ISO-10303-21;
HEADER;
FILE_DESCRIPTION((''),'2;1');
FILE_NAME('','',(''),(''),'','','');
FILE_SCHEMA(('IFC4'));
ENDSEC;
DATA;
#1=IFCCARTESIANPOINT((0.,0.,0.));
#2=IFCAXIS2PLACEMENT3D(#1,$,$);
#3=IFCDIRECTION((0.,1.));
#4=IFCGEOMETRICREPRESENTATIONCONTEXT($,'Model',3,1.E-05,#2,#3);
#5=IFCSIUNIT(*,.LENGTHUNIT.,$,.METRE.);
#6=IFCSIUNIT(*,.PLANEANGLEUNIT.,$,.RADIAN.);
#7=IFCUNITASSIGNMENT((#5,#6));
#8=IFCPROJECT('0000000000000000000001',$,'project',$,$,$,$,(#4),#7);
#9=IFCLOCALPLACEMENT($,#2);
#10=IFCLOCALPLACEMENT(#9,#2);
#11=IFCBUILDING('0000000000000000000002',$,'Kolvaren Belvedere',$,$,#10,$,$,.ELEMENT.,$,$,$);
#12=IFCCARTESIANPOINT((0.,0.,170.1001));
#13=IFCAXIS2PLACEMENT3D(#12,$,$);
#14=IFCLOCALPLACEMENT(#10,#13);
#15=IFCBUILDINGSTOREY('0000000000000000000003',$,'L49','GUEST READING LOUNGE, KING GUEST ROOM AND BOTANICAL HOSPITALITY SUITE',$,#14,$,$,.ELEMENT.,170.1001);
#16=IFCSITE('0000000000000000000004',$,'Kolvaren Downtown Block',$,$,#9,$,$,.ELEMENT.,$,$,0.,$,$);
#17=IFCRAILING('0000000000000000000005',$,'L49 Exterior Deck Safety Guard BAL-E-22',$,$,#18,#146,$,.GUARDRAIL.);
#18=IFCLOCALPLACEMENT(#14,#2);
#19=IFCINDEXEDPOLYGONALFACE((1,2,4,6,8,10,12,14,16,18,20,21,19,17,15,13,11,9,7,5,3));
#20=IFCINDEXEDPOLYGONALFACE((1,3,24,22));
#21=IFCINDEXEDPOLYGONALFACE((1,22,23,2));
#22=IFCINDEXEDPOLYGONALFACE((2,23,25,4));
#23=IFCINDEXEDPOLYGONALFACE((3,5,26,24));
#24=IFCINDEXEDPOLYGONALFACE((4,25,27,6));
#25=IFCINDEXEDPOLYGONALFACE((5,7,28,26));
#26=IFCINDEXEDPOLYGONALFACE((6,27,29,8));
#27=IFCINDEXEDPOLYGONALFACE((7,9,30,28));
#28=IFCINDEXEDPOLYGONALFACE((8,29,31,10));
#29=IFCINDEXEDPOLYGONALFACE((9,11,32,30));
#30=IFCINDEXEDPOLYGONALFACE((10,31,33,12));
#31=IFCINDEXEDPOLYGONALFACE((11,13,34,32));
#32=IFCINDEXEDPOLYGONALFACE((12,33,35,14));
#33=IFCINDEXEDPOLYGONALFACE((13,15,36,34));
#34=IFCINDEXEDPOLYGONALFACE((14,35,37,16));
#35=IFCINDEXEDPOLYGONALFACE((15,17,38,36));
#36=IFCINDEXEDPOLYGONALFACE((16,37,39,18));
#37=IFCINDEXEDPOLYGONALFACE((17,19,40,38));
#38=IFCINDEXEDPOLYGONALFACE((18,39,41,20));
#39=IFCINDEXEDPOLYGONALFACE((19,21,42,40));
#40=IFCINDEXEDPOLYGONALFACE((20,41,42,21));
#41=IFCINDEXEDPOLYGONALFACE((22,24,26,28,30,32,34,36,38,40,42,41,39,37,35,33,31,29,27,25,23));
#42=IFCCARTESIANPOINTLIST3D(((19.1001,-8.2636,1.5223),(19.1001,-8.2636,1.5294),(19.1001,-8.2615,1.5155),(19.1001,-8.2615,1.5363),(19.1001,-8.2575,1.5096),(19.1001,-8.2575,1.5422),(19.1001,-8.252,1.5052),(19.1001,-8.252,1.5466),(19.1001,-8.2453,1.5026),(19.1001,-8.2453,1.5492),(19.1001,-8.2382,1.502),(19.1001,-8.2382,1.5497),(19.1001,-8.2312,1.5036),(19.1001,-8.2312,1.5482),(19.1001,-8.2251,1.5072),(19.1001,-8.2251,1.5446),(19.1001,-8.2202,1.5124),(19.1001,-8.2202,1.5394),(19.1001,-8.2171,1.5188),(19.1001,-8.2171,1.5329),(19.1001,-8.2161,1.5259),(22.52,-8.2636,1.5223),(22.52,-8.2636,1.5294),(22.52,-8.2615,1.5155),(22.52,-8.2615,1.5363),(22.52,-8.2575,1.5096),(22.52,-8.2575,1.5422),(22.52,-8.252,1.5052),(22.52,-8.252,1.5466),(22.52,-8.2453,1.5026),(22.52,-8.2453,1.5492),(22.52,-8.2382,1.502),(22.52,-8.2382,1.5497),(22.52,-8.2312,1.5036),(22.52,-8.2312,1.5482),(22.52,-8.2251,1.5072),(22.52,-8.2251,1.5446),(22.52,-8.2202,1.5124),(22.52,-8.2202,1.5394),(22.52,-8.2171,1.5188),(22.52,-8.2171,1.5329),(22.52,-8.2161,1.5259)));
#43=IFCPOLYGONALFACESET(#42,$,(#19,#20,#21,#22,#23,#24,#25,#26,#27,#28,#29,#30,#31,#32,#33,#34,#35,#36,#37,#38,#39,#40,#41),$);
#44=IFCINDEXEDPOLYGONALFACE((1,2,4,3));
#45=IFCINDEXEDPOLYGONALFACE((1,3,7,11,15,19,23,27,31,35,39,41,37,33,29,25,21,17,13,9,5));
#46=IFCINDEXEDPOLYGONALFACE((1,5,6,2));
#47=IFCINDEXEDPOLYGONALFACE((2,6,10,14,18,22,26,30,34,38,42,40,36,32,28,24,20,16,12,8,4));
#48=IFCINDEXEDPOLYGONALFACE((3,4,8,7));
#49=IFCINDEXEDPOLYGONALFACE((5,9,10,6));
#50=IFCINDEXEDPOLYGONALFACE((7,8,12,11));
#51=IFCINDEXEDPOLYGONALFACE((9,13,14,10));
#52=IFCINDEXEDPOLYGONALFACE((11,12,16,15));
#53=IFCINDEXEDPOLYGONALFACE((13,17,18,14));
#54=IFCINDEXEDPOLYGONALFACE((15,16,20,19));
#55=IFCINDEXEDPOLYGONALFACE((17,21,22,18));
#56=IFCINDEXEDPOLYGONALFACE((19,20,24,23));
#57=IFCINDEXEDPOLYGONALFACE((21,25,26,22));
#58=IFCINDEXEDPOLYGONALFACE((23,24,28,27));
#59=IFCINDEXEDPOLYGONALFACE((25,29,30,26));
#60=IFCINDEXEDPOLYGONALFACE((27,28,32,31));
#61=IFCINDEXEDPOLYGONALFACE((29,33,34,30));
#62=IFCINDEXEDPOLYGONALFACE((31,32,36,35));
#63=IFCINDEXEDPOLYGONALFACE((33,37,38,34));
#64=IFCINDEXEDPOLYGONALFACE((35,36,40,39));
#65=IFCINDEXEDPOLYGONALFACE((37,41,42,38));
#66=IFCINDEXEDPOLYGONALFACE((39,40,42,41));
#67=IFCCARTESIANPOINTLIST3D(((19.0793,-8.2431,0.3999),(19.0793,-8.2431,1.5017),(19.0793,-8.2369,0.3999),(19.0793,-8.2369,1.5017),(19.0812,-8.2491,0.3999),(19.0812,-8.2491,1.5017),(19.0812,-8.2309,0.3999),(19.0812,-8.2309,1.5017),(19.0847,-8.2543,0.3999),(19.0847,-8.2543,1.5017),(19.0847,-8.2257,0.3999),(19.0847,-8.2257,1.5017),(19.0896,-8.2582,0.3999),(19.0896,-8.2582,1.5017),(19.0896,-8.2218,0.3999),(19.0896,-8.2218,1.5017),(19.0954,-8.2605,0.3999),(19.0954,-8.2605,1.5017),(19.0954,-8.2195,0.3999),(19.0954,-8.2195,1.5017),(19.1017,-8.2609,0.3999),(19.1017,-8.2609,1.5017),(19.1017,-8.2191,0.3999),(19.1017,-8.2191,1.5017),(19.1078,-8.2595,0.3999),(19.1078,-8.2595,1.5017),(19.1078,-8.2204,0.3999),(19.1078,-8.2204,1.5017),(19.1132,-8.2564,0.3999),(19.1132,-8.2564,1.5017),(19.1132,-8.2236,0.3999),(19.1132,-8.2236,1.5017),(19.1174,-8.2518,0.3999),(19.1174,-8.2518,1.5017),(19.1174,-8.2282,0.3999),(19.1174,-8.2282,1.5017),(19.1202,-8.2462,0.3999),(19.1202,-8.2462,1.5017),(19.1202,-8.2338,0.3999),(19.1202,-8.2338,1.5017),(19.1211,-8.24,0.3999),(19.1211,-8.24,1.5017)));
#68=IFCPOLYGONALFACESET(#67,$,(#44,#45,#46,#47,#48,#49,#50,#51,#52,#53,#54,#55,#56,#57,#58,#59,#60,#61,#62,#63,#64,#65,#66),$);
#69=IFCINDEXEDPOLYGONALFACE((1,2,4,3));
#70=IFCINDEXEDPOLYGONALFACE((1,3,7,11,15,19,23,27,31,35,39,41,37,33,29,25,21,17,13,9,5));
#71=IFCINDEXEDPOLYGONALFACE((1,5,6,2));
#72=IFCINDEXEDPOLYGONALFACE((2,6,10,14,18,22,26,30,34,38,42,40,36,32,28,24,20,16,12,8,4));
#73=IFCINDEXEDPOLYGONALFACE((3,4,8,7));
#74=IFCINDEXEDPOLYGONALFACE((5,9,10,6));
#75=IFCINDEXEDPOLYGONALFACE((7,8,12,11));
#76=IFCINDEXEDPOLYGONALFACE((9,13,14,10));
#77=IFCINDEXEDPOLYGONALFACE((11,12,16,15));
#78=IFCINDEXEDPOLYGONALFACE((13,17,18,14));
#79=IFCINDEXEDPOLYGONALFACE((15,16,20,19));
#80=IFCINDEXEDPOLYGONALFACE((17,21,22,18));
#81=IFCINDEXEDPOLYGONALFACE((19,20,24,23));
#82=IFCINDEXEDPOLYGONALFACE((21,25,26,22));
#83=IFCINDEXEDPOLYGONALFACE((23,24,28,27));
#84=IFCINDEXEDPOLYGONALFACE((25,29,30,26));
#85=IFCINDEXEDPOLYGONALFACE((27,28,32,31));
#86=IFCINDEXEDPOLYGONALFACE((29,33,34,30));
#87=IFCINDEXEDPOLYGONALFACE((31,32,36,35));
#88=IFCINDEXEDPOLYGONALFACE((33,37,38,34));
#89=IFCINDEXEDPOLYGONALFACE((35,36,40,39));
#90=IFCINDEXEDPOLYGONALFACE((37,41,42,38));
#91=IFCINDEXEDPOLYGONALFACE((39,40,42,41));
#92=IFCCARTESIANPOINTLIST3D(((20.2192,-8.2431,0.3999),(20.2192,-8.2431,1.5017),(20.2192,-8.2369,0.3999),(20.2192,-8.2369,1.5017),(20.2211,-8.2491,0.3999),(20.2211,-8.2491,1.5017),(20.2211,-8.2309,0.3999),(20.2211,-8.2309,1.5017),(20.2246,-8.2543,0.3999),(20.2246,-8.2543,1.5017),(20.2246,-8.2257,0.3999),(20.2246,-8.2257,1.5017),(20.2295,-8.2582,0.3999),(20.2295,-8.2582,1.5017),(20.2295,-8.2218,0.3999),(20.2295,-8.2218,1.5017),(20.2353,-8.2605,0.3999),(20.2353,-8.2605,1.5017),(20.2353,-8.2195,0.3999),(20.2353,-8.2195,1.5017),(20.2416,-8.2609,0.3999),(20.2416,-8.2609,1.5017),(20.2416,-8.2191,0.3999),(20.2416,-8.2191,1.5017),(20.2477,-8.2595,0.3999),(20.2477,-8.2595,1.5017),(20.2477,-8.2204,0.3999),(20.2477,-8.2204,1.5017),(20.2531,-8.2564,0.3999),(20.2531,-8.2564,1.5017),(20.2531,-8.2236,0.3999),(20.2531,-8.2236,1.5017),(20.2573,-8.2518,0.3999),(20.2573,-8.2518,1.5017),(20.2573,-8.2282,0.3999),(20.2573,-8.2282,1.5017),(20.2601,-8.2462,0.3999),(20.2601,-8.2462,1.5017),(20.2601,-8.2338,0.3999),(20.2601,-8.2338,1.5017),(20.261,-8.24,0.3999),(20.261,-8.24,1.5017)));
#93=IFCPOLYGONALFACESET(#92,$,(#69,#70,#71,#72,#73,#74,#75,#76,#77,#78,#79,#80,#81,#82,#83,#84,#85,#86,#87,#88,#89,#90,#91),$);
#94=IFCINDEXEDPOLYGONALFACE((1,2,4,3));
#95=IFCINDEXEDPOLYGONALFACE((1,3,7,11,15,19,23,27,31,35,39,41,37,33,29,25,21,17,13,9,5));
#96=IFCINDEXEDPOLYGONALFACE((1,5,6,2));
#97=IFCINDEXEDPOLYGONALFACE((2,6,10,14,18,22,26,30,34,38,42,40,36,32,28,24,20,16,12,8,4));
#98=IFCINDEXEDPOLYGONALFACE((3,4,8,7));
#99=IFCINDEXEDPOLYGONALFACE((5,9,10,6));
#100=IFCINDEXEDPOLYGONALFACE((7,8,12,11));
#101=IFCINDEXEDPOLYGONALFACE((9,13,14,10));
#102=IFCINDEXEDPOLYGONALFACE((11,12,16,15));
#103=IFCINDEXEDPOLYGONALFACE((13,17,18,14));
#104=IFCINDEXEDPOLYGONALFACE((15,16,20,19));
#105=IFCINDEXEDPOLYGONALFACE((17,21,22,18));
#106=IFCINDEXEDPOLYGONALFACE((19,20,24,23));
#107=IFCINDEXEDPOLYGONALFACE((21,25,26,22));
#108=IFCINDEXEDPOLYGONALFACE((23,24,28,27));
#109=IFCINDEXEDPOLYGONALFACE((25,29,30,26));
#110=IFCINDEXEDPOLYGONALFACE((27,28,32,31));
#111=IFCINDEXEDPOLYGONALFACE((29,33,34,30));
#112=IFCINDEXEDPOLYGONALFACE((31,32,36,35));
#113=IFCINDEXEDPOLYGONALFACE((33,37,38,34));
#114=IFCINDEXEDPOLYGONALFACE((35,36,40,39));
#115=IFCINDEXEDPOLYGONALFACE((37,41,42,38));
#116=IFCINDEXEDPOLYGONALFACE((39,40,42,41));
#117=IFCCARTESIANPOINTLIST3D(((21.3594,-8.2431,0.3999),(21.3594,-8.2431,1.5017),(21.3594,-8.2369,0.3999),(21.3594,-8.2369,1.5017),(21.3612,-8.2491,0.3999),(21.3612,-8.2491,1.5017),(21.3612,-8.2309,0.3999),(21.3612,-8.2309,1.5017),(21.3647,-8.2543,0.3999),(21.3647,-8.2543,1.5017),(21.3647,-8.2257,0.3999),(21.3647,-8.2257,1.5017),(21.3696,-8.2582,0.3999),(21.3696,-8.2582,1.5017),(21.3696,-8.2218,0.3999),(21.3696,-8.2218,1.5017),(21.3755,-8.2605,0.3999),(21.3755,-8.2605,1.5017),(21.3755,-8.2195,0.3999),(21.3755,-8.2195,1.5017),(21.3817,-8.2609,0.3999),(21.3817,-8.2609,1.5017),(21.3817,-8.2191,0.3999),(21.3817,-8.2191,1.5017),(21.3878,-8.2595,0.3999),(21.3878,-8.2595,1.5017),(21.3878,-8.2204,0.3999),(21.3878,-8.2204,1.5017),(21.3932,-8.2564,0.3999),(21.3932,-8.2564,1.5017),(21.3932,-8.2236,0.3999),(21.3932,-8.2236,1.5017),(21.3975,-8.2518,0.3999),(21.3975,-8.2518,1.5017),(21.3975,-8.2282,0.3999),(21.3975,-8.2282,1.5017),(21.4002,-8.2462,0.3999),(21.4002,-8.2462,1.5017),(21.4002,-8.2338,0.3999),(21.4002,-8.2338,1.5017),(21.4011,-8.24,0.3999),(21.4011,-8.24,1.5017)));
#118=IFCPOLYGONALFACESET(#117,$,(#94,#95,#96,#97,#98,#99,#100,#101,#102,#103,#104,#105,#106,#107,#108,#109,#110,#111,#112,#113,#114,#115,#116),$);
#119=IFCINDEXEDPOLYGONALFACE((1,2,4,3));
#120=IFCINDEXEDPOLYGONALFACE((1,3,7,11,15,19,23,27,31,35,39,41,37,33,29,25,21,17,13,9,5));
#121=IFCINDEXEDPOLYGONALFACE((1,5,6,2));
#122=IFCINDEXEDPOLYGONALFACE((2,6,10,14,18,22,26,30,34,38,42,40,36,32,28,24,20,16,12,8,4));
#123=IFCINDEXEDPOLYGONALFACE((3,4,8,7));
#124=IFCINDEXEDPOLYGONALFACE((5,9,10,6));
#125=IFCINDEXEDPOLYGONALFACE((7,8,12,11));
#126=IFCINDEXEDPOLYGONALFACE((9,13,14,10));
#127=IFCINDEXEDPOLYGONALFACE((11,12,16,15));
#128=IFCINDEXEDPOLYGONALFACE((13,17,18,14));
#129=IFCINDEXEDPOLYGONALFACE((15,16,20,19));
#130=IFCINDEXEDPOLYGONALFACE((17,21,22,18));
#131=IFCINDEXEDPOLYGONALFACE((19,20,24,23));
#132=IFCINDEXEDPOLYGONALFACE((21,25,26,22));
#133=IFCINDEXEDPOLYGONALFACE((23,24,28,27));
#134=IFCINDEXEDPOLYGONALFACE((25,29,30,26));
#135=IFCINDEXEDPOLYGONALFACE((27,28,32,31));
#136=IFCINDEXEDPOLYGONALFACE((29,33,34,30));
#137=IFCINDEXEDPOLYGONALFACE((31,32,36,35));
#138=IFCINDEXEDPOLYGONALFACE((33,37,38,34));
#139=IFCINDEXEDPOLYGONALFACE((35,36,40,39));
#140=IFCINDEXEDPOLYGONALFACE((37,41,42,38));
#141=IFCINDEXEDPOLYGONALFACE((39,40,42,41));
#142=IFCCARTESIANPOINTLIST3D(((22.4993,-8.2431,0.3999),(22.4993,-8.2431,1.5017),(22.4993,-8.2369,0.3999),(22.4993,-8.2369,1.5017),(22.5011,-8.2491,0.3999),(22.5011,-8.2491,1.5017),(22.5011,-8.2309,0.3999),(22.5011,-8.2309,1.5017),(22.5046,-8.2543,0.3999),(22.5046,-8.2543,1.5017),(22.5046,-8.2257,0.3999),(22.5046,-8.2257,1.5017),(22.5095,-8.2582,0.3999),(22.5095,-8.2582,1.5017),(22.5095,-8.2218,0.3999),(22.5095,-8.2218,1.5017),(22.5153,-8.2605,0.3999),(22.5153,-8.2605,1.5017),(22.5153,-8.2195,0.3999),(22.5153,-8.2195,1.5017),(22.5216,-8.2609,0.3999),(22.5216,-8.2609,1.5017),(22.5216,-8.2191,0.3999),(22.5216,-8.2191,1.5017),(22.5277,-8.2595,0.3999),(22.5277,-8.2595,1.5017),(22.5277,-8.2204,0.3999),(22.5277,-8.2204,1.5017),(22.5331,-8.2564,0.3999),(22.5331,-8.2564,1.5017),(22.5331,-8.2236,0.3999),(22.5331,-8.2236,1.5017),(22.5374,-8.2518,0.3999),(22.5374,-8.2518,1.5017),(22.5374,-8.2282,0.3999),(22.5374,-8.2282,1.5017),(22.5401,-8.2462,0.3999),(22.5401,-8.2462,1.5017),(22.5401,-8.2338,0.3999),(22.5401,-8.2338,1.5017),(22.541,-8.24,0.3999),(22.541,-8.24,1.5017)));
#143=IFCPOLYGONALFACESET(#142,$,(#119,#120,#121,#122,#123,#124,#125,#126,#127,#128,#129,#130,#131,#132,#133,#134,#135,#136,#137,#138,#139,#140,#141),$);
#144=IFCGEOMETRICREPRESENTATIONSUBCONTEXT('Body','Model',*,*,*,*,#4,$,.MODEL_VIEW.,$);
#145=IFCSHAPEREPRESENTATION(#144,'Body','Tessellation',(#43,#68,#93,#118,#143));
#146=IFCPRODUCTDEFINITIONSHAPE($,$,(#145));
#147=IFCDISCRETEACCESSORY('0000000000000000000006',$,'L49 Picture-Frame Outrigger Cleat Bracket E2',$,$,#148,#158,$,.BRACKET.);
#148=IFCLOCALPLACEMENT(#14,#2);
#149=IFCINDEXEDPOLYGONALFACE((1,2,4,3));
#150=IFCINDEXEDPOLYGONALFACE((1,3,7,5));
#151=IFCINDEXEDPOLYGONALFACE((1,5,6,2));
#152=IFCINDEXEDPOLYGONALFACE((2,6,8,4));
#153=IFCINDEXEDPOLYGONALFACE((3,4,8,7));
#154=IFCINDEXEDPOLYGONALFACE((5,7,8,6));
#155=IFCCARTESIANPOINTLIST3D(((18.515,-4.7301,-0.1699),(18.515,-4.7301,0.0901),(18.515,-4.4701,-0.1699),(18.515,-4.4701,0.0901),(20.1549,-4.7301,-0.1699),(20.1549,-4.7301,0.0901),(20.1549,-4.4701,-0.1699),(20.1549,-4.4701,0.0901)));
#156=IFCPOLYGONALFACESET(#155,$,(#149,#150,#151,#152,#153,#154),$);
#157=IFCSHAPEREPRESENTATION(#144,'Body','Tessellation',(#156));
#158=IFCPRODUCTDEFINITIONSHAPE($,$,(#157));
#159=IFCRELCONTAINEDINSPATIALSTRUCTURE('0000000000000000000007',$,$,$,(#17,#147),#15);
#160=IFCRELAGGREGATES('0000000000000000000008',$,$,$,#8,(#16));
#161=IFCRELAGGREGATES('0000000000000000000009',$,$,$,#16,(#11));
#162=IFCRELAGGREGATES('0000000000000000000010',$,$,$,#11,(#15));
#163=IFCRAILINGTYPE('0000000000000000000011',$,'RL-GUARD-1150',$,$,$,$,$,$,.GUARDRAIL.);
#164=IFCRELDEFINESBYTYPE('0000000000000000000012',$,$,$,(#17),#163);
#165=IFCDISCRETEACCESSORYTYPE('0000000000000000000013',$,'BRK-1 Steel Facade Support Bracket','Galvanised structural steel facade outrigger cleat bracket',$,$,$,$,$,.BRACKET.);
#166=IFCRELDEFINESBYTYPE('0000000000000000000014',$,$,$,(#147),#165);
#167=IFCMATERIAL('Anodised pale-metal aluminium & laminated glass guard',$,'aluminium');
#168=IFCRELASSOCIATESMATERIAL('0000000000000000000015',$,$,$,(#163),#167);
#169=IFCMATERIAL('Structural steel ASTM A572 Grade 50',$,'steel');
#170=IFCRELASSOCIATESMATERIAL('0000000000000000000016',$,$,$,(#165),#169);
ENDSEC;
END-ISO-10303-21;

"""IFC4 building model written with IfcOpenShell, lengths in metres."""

from ifc_helpers import new_model, si_unit, direction, frame, origin, origin_2d, place, context, subcontext, project, spatial, rectangle, circle, extrude, material, type_object, element, save


model = new_model("IFC4")

# Units and contexts
model_context = context("Model", 3, precision=1e-05, world=origin(), true_north=direction((0.0, 1.0)))
body_context = subcontext(model_context, "Body", "Model", "MODEL_VIEW")
ifc_project = project(units=[si_unit("LENGTHUNIT", "METRE"), si_unit("PLANEANGLEUNIT", "RADIAN")], contexts=[model_context])

# Site, building, storey
site_placement = place(None, origin())
site = spatial("IfcSite", under=ifc_project, at=site_placement, Name="Kolvaren Downtown Block", CompositionType="ELEMENT", RefElevation=0.0)
building_placement = place(site_placement, origin())
building = spatial("IfcBuilding", under=site, at=building_placement, Name="Kolvaren Belvedere", CompositionType="ELEMENT")
storey_placement = place(building_placement, frame((0.0, 0.0, 170.1001)))
storey = spatial("IfcBuildingStorey", under=building, at=storey_placement, Name="L49", Description="GUEST READING LOUNGE, KING GUEST ROOM AND BOTANICAL HOSPITALITY SUITE", CompositionType="ELEMENT", Elevation=170.1001)

# Railing
ifc_material_1 = material(Name="Anodised pale-metal aluminium & laminated glass guard", Category="aluminium")
railing_type = type_object("IfcRailingType", Name="RL-GUARD-1150", PredefinedType="GUARDRAIL", material=ifc_material_1)
railing_1_placement = place(storey_placement, frame((19.1001, -8.24, 0.3999)))
element("IfcRailing", 1, at=railing_1_placement, inside=storey, type_object=railing_type, Name="L49 Exterior Deck Safety Guard BAL-E-22", PredefinedType="GUARDRAIL", context=body_context, shape_type="SweptSolid", body=[
    extrude(circle(Radius=0.0239, at=origin_2d()), frame((0.0, 0.0, 1.126), z_axis=(1.0, 0.0, 0.0), x_axis=(0.0, 1.0, 0.0)), (0.0, 0.0, 1.0), 3.4199),
    extrude(circle(Radius=0.021, at=origin_2d()), origin(), (0.0, 0.0, 1.0), 1.1018),
    extrude(circle(Radius=0.021, at=origin_2d()), frame((1.1399, 0.0, 0.0)), (0.0, 0.0, 1.0), 1.1018),
    extrude(circle(Radius=0.021, at=origin_2d()), frame((2.28, 0.0, 0.0)), (0.0, 0.0, 1.0), 1.1018),
    extrude(circle(Radius=0.021, at=origin_2d()), frame((3.4199, 0.0, 0.0)), (0.0, 0.0, 1.0), 1.1018),
])

# Discrete accessory
ifc_material_2 = material(Name="Structural steel ASTM A572 Grade 50", Category="steel")
discrete_accessory_type = type_object("IfcDiscreteAccessoryType", Name="BRK-1 Steel Facade Support Bracket", Description="Galvanised structural steel facade outrigger cleat bracket", PredefinedType="BRACKET", material=ifc_material_2)
discrete_accessory_placement = place(storey_placement, frame((19.335, -4.6001, -0.1699), z_axis=(0.0, 0.0, 1.0), x_axis=(1.0, 0.0, 0.0)))
element("IfcDiscreteAccessory", 2, at=discrete_accessory_placement, inside=storey, type_object=discrete_accessory_type, Name="L49 Picture-Frame Outrigger Cleat Bracket E2", PredefinedType="BRACKET", context=body_context, shape_type="SweptSolid", body=[
    extrude(rectangle(XDim=1.6399, YDim=0.26, at=origin_2d()), origin(), (0.0, 0.0, 1.0), 0.26),
])

save(model, "model.ifc")
